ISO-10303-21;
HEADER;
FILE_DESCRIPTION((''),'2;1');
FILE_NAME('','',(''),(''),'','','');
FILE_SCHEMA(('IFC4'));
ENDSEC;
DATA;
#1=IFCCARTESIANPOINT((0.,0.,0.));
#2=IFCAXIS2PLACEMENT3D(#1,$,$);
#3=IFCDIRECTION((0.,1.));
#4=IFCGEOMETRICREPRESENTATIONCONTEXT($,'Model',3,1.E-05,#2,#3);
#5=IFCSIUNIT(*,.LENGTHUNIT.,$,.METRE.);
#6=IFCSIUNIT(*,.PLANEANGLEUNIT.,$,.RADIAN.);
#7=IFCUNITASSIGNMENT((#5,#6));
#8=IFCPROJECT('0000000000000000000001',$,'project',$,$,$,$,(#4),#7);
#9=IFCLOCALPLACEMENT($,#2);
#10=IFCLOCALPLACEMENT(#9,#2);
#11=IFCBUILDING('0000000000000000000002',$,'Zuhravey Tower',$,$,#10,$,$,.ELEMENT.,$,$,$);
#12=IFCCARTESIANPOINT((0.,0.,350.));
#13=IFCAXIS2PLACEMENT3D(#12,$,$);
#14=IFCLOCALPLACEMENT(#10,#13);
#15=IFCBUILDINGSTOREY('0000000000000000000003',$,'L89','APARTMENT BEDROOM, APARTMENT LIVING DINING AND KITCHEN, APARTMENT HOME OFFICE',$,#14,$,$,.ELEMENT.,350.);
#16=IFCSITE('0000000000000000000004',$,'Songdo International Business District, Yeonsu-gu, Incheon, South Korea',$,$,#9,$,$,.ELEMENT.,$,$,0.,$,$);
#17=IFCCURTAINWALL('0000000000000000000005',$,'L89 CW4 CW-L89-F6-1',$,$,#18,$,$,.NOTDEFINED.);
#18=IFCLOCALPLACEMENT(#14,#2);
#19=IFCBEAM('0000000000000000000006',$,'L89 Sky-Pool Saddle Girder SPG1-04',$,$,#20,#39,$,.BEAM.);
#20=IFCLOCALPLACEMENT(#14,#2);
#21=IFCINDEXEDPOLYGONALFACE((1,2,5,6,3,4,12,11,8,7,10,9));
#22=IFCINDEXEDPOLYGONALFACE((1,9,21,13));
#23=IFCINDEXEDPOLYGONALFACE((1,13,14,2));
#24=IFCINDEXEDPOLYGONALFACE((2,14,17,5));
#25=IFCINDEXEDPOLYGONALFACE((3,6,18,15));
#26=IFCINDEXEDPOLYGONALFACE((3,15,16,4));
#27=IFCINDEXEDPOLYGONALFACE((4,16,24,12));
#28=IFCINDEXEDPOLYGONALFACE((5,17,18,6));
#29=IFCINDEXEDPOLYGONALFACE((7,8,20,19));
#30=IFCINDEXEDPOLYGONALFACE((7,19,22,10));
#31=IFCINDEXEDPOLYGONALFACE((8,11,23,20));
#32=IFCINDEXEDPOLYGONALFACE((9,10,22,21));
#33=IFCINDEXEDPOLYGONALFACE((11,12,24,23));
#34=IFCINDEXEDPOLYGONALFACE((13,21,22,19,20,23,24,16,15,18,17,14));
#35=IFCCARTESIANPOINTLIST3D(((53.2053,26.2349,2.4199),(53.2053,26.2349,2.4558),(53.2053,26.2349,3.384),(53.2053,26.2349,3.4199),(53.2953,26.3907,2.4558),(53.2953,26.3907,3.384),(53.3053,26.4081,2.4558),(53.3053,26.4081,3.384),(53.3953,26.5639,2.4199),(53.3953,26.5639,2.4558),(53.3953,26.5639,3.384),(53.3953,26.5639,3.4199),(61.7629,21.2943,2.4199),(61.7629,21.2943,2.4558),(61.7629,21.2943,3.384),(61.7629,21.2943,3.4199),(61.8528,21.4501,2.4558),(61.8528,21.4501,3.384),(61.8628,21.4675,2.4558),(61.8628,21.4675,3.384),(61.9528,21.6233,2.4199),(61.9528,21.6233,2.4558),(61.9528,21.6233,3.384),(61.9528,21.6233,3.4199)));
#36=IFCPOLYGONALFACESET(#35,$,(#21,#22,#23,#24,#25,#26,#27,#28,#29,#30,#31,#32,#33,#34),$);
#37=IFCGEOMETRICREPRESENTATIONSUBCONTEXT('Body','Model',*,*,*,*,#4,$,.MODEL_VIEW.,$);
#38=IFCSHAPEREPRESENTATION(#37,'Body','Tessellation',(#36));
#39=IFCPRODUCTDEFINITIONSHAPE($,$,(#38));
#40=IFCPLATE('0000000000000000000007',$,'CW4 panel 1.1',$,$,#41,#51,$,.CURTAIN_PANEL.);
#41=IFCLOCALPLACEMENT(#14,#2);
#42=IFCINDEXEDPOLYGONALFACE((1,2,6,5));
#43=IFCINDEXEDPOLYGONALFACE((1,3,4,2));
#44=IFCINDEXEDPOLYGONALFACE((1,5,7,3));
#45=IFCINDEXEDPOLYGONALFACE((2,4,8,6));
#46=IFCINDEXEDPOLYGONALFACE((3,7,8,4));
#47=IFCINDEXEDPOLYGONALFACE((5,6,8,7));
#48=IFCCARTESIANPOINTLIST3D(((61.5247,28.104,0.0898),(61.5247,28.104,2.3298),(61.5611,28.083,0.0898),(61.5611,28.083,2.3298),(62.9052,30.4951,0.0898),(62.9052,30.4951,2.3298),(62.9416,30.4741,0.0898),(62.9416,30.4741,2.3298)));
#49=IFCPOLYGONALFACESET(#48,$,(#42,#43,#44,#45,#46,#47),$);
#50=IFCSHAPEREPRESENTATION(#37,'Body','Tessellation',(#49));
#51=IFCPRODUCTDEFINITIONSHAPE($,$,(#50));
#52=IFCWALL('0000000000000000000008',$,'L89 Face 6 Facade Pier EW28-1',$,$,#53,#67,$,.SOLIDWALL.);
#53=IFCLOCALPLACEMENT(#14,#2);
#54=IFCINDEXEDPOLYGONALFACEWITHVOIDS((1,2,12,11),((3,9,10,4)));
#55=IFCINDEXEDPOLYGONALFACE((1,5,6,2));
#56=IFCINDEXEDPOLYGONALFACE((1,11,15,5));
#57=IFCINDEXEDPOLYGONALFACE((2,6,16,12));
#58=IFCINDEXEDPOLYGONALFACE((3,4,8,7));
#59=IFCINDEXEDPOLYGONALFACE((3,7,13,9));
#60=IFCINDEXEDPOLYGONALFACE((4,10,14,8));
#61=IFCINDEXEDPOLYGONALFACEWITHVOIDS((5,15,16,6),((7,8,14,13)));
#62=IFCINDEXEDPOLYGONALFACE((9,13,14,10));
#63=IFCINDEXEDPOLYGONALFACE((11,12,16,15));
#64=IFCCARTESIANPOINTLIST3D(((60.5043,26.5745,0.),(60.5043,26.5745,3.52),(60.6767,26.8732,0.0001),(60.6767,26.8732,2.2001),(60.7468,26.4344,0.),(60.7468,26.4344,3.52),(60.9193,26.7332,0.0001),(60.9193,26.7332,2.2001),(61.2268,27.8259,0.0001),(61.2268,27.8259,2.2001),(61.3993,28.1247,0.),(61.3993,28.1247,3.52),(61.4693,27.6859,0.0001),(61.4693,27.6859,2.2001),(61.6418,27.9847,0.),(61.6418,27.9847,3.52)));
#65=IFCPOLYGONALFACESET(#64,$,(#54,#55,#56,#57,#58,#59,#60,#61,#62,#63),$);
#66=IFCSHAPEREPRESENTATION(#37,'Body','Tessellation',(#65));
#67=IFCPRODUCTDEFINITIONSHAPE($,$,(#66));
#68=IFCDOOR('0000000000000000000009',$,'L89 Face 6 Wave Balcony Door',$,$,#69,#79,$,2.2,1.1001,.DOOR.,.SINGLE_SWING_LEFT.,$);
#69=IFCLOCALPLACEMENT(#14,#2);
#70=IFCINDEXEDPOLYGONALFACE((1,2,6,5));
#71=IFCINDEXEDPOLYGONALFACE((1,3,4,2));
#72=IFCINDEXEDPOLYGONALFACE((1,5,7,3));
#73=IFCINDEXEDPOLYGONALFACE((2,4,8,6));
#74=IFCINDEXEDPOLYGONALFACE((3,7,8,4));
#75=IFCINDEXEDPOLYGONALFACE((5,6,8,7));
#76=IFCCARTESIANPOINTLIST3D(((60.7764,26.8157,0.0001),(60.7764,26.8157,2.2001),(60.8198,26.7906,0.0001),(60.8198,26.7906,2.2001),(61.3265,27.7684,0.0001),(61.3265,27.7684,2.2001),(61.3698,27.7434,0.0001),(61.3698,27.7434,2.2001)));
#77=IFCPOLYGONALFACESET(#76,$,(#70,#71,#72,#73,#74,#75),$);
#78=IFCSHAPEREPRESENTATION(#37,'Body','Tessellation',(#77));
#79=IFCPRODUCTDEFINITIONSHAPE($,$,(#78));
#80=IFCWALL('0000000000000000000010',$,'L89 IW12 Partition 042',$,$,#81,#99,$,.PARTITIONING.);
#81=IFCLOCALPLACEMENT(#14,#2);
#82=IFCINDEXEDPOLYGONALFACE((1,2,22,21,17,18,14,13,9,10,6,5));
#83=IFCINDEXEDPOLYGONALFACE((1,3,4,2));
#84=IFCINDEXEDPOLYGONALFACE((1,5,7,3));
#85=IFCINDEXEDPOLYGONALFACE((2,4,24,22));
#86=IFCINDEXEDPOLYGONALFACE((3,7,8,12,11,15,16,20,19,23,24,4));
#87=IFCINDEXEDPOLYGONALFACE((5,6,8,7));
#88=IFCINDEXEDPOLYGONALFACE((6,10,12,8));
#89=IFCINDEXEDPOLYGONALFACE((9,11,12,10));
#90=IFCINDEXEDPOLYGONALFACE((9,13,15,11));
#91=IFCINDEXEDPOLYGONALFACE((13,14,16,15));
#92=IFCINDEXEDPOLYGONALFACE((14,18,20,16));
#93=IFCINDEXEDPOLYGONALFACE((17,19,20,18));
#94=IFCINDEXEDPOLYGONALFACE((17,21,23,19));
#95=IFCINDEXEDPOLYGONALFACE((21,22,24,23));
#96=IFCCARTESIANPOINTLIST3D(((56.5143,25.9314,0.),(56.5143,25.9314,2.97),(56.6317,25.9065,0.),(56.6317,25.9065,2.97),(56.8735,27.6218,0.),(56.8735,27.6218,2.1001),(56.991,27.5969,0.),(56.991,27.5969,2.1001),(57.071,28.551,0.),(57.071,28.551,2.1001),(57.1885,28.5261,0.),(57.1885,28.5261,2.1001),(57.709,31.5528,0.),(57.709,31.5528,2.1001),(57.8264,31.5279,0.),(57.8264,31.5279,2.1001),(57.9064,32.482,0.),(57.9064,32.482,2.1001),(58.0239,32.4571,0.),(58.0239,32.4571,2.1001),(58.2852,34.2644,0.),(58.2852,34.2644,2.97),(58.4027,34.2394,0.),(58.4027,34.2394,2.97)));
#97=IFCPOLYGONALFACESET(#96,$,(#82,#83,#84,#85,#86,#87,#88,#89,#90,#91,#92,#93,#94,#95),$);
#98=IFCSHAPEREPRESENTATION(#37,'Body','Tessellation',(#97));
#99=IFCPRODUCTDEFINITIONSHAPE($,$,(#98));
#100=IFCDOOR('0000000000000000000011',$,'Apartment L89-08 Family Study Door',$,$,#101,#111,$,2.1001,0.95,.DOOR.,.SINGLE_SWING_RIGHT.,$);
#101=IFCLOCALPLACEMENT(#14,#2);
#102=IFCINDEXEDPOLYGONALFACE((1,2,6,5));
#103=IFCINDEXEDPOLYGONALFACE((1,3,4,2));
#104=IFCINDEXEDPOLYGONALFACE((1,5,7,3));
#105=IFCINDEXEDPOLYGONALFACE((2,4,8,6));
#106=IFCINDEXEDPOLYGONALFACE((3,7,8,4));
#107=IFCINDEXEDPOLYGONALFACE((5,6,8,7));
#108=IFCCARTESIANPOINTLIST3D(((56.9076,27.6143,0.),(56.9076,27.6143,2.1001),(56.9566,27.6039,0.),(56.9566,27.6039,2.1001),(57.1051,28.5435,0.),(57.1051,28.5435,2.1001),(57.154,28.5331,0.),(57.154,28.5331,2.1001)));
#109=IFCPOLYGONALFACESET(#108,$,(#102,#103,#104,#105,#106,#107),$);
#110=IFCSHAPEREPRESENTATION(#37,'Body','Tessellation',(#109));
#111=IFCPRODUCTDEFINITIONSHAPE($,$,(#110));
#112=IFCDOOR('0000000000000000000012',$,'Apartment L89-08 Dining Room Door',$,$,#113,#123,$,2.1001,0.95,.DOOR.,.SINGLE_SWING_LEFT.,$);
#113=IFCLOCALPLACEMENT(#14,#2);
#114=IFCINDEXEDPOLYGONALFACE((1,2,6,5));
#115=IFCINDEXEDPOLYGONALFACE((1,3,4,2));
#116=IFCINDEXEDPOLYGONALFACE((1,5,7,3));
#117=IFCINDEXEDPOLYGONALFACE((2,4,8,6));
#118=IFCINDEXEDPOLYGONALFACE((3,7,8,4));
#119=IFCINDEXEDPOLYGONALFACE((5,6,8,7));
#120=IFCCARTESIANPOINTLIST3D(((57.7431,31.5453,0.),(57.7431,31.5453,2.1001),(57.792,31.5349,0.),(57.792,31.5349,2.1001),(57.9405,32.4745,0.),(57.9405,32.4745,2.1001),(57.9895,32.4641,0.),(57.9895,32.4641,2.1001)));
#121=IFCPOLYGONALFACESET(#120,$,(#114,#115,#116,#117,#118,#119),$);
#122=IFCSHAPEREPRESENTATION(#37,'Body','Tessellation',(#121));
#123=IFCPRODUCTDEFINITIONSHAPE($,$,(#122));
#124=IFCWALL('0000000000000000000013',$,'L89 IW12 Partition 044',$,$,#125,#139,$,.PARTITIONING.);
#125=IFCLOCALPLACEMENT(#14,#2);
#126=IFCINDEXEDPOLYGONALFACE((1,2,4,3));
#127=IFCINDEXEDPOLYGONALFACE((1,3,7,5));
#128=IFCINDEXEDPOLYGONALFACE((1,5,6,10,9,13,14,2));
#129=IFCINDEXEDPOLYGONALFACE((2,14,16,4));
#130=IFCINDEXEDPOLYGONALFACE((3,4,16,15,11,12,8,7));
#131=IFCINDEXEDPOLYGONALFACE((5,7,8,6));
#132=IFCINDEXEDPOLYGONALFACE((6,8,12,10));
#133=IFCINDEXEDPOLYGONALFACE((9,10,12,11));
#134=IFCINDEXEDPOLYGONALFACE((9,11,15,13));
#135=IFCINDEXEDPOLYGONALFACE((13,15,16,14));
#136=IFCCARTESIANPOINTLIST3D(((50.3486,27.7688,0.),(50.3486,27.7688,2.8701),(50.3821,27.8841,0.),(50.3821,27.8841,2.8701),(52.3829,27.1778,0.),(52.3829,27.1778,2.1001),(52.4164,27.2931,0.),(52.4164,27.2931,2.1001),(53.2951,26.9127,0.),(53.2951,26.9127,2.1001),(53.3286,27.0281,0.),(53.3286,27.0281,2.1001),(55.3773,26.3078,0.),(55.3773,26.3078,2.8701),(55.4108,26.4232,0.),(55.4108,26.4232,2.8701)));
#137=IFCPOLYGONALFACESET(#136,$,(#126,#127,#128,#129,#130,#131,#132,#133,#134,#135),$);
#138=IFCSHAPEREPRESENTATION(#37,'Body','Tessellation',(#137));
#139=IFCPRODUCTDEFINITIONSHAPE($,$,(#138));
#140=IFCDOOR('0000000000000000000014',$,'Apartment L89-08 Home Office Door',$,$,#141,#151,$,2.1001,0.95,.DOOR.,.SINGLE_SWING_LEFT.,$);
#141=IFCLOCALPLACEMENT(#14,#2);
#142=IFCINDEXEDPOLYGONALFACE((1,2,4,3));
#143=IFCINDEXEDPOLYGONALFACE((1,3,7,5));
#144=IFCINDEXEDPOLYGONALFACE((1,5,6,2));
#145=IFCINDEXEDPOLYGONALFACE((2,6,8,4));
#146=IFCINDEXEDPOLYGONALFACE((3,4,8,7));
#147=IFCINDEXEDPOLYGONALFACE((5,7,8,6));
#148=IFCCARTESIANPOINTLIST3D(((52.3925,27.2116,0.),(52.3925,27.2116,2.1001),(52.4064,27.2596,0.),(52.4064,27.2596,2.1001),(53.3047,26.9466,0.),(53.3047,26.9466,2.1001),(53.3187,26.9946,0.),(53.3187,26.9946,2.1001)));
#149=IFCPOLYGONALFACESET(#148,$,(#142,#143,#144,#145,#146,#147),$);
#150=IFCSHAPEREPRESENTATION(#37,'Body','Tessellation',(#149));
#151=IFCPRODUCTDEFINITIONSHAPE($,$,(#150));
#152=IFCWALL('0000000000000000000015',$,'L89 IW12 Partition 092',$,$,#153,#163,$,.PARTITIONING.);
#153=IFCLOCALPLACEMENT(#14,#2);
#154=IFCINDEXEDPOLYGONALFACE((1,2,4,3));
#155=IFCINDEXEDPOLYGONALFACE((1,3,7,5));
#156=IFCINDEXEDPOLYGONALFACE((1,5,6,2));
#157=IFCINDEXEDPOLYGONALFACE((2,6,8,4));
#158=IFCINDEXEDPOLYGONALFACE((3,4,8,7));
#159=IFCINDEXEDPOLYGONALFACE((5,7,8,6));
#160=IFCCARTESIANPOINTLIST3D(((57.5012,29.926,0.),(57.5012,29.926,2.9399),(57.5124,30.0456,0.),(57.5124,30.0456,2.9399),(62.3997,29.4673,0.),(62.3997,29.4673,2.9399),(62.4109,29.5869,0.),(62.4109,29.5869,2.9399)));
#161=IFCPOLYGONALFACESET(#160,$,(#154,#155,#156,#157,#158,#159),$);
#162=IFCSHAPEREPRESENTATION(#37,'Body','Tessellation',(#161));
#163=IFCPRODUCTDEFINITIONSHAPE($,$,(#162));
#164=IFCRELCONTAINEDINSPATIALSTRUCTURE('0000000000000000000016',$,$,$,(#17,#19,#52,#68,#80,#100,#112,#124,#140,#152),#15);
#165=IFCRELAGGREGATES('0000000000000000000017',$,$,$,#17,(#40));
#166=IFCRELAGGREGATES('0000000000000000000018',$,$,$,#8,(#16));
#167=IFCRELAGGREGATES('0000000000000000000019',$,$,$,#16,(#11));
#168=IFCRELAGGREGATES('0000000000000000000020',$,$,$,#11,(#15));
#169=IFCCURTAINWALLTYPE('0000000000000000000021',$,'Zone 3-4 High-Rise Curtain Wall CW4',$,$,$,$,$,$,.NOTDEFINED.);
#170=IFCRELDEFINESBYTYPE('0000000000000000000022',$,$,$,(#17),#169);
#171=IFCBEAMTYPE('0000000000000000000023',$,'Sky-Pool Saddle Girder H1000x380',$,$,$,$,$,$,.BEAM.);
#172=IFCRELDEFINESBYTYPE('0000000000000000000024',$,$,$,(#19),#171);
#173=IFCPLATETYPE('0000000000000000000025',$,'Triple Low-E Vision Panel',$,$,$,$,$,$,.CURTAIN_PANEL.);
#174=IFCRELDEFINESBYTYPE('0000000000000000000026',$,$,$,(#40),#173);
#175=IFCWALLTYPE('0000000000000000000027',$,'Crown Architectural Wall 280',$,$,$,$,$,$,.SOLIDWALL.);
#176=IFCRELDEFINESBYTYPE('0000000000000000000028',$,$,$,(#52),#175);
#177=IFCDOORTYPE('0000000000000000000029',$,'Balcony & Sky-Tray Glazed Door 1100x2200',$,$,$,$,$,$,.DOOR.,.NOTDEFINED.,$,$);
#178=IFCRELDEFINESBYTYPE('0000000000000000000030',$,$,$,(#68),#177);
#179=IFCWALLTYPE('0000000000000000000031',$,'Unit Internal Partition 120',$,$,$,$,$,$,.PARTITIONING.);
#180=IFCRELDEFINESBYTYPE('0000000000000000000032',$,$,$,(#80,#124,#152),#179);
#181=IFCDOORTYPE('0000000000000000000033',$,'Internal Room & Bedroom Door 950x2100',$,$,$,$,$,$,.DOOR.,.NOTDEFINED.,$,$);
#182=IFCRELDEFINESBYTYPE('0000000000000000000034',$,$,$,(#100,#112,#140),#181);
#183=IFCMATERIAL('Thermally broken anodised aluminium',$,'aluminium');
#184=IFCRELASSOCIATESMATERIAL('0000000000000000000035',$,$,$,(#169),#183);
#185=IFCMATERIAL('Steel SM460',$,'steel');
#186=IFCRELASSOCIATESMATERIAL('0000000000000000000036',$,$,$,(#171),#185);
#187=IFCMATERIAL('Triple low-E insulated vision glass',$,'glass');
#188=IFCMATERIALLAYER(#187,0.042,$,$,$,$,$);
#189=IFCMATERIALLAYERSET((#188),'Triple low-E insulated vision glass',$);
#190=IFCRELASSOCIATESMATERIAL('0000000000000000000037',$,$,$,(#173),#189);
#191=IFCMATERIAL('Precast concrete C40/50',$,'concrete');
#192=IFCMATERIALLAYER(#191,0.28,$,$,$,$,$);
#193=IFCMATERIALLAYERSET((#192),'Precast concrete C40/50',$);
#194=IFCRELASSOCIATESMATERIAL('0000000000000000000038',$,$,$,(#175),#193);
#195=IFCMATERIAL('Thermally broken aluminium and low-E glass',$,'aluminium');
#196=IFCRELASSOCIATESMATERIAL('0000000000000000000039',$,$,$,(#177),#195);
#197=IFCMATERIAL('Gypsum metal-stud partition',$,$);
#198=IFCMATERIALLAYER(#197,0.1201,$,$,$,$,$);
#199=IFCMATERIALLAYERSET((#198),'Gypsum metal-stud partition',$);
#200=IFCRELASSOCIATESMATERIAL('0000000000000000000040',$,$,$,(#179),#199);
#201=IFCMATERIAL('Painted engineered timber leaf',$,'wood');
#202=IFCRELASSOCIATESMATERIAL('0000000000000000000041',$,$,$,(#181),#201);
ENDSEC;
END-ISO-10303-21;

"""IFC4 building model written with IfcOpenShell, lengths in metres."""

from ifc_helpers import new_model, si_unit, direction, frame, frame_2d, origin, origin_2d, place, context, subcontext, project, spatial, rectangle, i_section, extrude, material, layer, layer_set, material_profile, profile_set, type_object, element, fill, aggregate, save


model = new_model("IFC4")

# Units and contexts
model_context = context("Model", 3, precision=1e-05, world=origin(), true_north=direction((0.0, 1.0)))
body_context = subcontext(model_context, "Body", "Model", "MODEL_VIEW")
ifc_project = project(units=[si_unit("LENGTHUNIT", "METRE"), si_unit("PLANEANGLEUNIT", "RADIAN")], contexts=[model_context])

# Site, building, storey
site_placement = place(None, origin())
site = spatial("IfcSite", under=ifc_project, at=site_placement, Name="Songdo International Business District, Yeonsu-gu, Incheon, South Korea", CompositionType="ELEMENT", RefElevation=0.0)
building_placement = place(site_placement, origin())
building = spatial("IfcBuilding", under=site, at=building_placement, Name="Zuhravey Tower", CompositionType="ELEMENT")
storey_placement = place(building_placement, frame((0.0, 0.0, 350.0)))
storey = spatial("IfcBuildingStorey", under=building, at=storey_placement, Name="L89", Description="APARTMENT BEDROOM, APARTMENT LIVING DINING AND KITCHEN, APARTMENT HOME OFFICE", CompositionType="ELEMENT", Elevation=350.0)

# Curtain wall
ifc_material_1 = material(Name="Thermally broken anodised aluminium", Category="aluminium")
curtain_wall_type = type_object("IfcCurtainWallType", Name="Zone 3-4 High-Rise Curtain Wall CW4", PredefinedType="NOTDEFINED", material=ifc_material_1)
curtain_wall_1_placement = place(storey_placement, origin())
curtain_wall_1 = element("IfcCurtainWall", 1, at=curtain_wall_1_placement, inside=storey, type_object=curtain_wall_type, Name="L89 CW4 CW-L89-F6-1", PredefinedType="NOTDEFINED")

# Beam
ifc_material_2 = material(Name="Steel SM460", Category="steel")
ifc_material_profile_1 = material_profile(ifc_material_2, i_section(OverallWidth=0.3799, OverallDepth=1.0, WebThickness=0.02, FlangeThickness=0.0359, at=origin_2d()), Name="H-1000x380x20x36")
ifc_profile_set_1 = profile_set([ifc_material_profile_1], Name="Steel SM460")
beam_type_1 = type_object("IfcBeamType", Name="Sky-Pool Saddle Girder H1000x380", PredefinedType="BEAM", material=ifc_profile_set_1)
beam_1_placement = place(storey_placement, frame((53.3003, 26.3994, 2.9199), z_axis=(0.866028, -0.499995, 0.0), x_axis=(0.499995, 0.866028, 0.0)))
element("IfcBeam", 2, at=beam_1_placement, inside=storey, type_object=beam_type_1, Name="L89 Sky-Pool Saddle Girder SPG1-04", PredefinedType="BEAM", context=body_context, shape_type="SweptSolid", body=[
    extrude(i_section(OverallWidth=0.3799, OverallDepth=1.0, WebThickness=0.02, FlangeThickness=0.0359, at=origin_2d()), origin(), (0.0, 0.0, 1.0), 9.8813),
])

# Plate
ifc_material_3 = material(Name="Triple low-E insulated vision glass", Category="glass")
ifc_layer_1 = layer(ifc_material_3, 0.042)
ifc_layer_set_1 = layer_set([ifc_layer_1], Name="Triple low-E insulated vision glass")
plate_type = type_object("IfcPlateType", Name="Triple Low-E Vision Panel", PredefinedType="CURTAIN_PANEL", material=ifc_layer_set_1)
plate_placement = place(storey_placement, frame((62.2332, 29.2891, 0.0898), z_axis=(0.0, 0.0, 1.0), x_axis=(-0.499986, -0.866033, 0.0)))
plate = element("IfcPlate", 3, at=plate_placement, type_object=plate_type, Name="CW4 panel 1.1", PredefinedType="CURTAIN_PANEL", context=body_context, shape_type="SweptSolid", body=[
    extrude(rectangle(XDim=2.761, YDim=0.042, at=origin_2d()), origin(), (0.0, 0.0, 1.0), 2.24),
])
aggregate(curtain_wall_1, [plate])

# Wall, opening, door
ifc_material_4 = material(Name="Precast concrete C40/50", Category="concrete")
ifc_layer_2 = layer(ifc_material_4, 0.28)
ifc_layer_set_2 = layer_set([ifc_layer_2], Name="Precast concrete C40/50")
wall_type_1 = type_object("IfcWallType", Name="Crown Architectural Wall 280", PredefinedType="SOLIDWALL", material=ifc_layer_set_2)
wall_1_placement = place(storey_placement, frame((61.5205, 28.0547, 0.0), z_axis=(0.0, 0.0, 1.0), x_axis=(-0.499982, -0.866036, 0.0)))
wall_1 = element("IfcWall", 4, at=wall_1_placement, inside=storey, type_object=wall_type_1, Name="L89 Face 6 Facade Pier EW28-1", PredefinedType="SOLIDWALL", context=body_context, shape_type="SweptSolid", body=[
    extrude(rectangle(XDim=1.79, YDim=0.28, at=frame_2d((0.895, 0.0))), origin(), (0.0, 0.0, 1.0), 3.52),
])
opening_1_placement = place(wall_1_placement, frame((0.345, 0.0, 0.0)))
opening_1 = element("IfcOpeningElement", 5, at=opening_1_placement, cuts=wall_1, PredefinedType="OPENING", context=body_context, shape_type="SweptSolid", body=[
    extrude(rectangle(XDim=1.1001, YDim=2.2, at=frame_2d((0.55, 1.1001))), frame((0.0, 0.1521, 0.0), z_axis=(0.0, -1.0, 0.0), x_axis=(1.0, 0.0, 0.0)), (0.0, 0.0, 1.0), 0.304),
])
ifc_material_5 = material(Name="Thermally broken aluminium and low-E glass", Category="aluminium")
door_type_1 = type_object("IfcDoorType", Name="Balcony & Sky-Tray Glazed Door 1100x2200", OperationType="NOTDEFINED", PredefinedType="DOOR", material=ifc_material_5)
door_1_placement = place(opening_1_placement, frame((1.1001, 0.0, 0.0), z_axis=(0.0, 0.0, 1.0), x_axis=(-1.0, 0.0, 0.0)))
door_1 = element("IfcDoor", 6, at=door_1_placement, inside=storey, type_object=door_type_1, Name="L89 Face 6 Wave Balcony Door", OperationType="SINGLE_SWING_LEFT", OverallHeight=2.2, OverallWidth=1.1001, PredefinedType="DOOR", context=body_context, shape_type="SweptSolid", body=[
    extrude(rectangle(XDim=1.1001, YDim=2.2, at=frame_2d((0.55, 1.1001))), frame((0.0, 0.0249, 0.0), z_axis=(0.0, -1.0, 0.0), x_axis=(1.0, 0.0, 0.0)), (0.0, 0.0, 1.0), 0.05),
])
fill(opening_1, door_1)

# Wall, openings, doors
ifc_material_6 = material(Name="Gypsum metal-stud partition")
ifc_layer_3 = layer(ifc_material_6, 0.1201)
ifc_layer_set_3 = layer_set([ifc_layer_3], Name="Gypsum metal-stud partition")
wall_type_2 = type_object("IfcWallType", Name="Unit Internal Partition 120", PredefinedType="PARTITIONING", material=ifc_layer_set_3)
wall_2_placement = place(storey_placement, frame((56.573, 25.9189, 0.0), z_axis=(0.0, 0.0, 1.0), x_axis=(0.207885, 0.978153, 0.0)))
wall_2 = element("IfcWall", 7, at=wall_2_placement, inside=storey, type_object=wall_type_2, Name="L89 IW12 Partition 042", PredefinedType="PARTITIONING", context=body_context, shape_type="SweptSolid", body=[
    extrude(rectangle(XDim=8.519, YDim=0.1201, at=frame_2d((4.2595, 0.0))), origin(), (0.0, 0.0, 1.0), 2.97),
])
opening_2_placement = place(wall_2_placement, frame((1.728, 0.0, 0.0)))
opening_2 = element("IfcOpeningElement", 8, at=opening_2_placement, cuts=wall_2, PredefinedType="OPENING", context=body_context, shape_type="SweptSolid", body=[
    extrude(rectangle(XDim=0.95, YDim=2.1001, at=frame_2d((0.4751, 1.05))), frame((0.0, 0.072, 0.0), z_axis=(0.0, -1.0, 0.0), x_axis=(1.0, 0.0, 0.0)), (0.0, 0.0, 1.0), 0.144),
])
opening_3_placement = place(wall_2_placement, frame((5.7468, 0.0, 0.0)))
opening_3 = element("IfcOpeningElement", 9, at=opening_3_placement, cuts=wall_2, PredefinedType="OPENING", context=body_context, shape_type="SweptSolid", body=[
    extrude(rectangle(XDim=0.95, YDim=2.1001, at=frame_2d((0.4751, 1.05))), frame((0.0, 0.072, 0.0), z_axis=(0.0, -1.0, 0.0), x_axis=(1.0, 0.0, 0.0)), (0.0, 0.0, 1.0), 0.144),
])
ifc_material_7 = material(Name="Painted engineered timber leaf", Category="wood")
door_type_2 = type_object("IfcDoorType", Name="Internal Room & Bedroom Door 950x2100", OperationType="NOTDEFINED", PredefinedType="DOOR", material=ifc_material_7)
door_2_placement = place(opening_2_placement, frame((0.95, 0.0, 0.0), z_axis=(0.0, 0.0, 1.0), x_axis=(-1.0, 0.0, 0.0)))
door_2 = element("IfcDoor", 10, at=door_2_placement, inside=storey, type_object=door_type_2, Name="Apartment L89-08 Family Study Door", OperationType="SINGLE_SWING_RIGHT", OverallHeight=2.1001, OverallWidth=0.95, PredefinedType="DOOR", context=body_context, shape_type="SweptSolid", body=[
    extrude(rectangle(XDim=0.95, YDim=2.1001, at=frame_2d((0.4751, 1.05))), frame((0.0, 0.0249, 0.0), z_axis=(0.0, -1.0, 0.0), x_axis=(1.0, 0.0, 0.0)), (0.0, 0.0, 1.0), 0.05),
])
fill(opening_2, door_2)
door_3_placement = place(opening_3_placement, frame((0.95, 0.0, 0.0), z_axis=(0.0, 0.0, 1.0), x_axis=(-1.0, 0.0, 0.0)))
door_3 = element("IfcDoor", 11, at=door_3_placement, inside=storey, type_object=door_type_2, Name="Apartment L89-08 Dining Room Door", OperationType="SINGLE_SWING_LEFT", OverallHeight=2.1001, OverallWidth=0.95, PredefinedType="DOOR", context=body_context, shape_type="SweptSolid", body=[
    extrude(rectangle(XDim=0.95, YDim=2.1001, at=frame_2d((0.4751, 1.05))), frame((0.0, 0.0249, 0.0), z_axis=(0.0, -1.0, 0.0), x_axis=(1.0, 0.0, 0.0)), (0.0, 0.0, 1.0), 0.05),
])
fill(opening_3, door_3)

# Wall, opening, door
wall_3_placement = place(storey_placement, frame((50.3655, 27.8264, 0.0), z_axis=(0.0, 0.0, 1.0), x_axis=(0.960293, -0.278992, 0.0)))
wall_3 = element("IfcWall", 12, at=wall_3_placement, inside=storey, type_object=wall_type_2, Name="L89 IW12 Partition 044", PredefinedType="PARTITIONING", context=body_context, shape_type="SweptSolid", body=[
    extrude(rectangle(XDim=5.2366, YDim=0.1201, at=frame_2d((2.6182, 0.0))), origin(), (0.0, 0.0, 1.0), 2.8701),
])
opening_4_placement = place(wall_3_placement, frame((2.1182, 0.0, 0.0)))
opening_4 = element("IfcOpeningElement", 13, at=opening_4_placement, cuts=wall_3, PredefinedType="OPENING", context=body_context, shape_type="SweptSolid", body=[
    extrude(rectangle(XDim=0.95, YDim=2.1001, at=frame_2d((0.4751, 1.05))), frame((0.0, 0.072, 0.0), z_axis=(0.0, -1.0, 0.0), x_axis=(1.0, 0.0, 0.0)), (0.0, 0.0, 1.0), 0.144),
])
door_4_placement = place(opening_4_placement, frame((0.95, 0.0, 0.0), z_axis=(0.0, 0.0, 1.0), x_axis=(-1.0, 0.0, 0.0)))
door_4 = element("IfcDoor", 14, at=door_4_placement, inside=storey, type_object=door_type_2, Name="Apartment L89-08 Home Office Door", OperationType="SINGLE_SWING_LEFT", OverallHeight=2.1001, OverallWidth=0.95, PredefinedType="DOOR", context=body_context, shape_type="SweptSolid", body=[
    extrude(rectangle(XDim=0.95, YDim=2.1001, at=frame_2d((0.4751, 1.05))), frame((0.0, 0.0249, 0.0), z_axis=(0.0, -1.0, 0.0), x_axis=(1.0, 0.0, 0.0)), (0.0, 0.0, 1.0), 0.05),
])
fill(opening_4, door_4)

# Wall
wall_4_placement = place(storey_placement, frame((57.5068, 29.9858, 0.0), z_axis=(0.0, 0.0, 1.0), x_axis=(0.995643, -0.093242, 0.0)))
element("IfcWall", 15, at=wall_4_placement, inside=storey, type_object=wall_type_2, Name="L89 IW12 Partition 092", PredefinedType="PARTITIONING", context=body_context, shape_type="SweptSolid", body=[
    extrude(rectangle(XDim=4.9199, YDim=0.1201, at=frame_2d((2.46, 0.0))), origin(), (0.0, 0.0, 1.0), 2.9399),
])

save(model, "model.ifc")
